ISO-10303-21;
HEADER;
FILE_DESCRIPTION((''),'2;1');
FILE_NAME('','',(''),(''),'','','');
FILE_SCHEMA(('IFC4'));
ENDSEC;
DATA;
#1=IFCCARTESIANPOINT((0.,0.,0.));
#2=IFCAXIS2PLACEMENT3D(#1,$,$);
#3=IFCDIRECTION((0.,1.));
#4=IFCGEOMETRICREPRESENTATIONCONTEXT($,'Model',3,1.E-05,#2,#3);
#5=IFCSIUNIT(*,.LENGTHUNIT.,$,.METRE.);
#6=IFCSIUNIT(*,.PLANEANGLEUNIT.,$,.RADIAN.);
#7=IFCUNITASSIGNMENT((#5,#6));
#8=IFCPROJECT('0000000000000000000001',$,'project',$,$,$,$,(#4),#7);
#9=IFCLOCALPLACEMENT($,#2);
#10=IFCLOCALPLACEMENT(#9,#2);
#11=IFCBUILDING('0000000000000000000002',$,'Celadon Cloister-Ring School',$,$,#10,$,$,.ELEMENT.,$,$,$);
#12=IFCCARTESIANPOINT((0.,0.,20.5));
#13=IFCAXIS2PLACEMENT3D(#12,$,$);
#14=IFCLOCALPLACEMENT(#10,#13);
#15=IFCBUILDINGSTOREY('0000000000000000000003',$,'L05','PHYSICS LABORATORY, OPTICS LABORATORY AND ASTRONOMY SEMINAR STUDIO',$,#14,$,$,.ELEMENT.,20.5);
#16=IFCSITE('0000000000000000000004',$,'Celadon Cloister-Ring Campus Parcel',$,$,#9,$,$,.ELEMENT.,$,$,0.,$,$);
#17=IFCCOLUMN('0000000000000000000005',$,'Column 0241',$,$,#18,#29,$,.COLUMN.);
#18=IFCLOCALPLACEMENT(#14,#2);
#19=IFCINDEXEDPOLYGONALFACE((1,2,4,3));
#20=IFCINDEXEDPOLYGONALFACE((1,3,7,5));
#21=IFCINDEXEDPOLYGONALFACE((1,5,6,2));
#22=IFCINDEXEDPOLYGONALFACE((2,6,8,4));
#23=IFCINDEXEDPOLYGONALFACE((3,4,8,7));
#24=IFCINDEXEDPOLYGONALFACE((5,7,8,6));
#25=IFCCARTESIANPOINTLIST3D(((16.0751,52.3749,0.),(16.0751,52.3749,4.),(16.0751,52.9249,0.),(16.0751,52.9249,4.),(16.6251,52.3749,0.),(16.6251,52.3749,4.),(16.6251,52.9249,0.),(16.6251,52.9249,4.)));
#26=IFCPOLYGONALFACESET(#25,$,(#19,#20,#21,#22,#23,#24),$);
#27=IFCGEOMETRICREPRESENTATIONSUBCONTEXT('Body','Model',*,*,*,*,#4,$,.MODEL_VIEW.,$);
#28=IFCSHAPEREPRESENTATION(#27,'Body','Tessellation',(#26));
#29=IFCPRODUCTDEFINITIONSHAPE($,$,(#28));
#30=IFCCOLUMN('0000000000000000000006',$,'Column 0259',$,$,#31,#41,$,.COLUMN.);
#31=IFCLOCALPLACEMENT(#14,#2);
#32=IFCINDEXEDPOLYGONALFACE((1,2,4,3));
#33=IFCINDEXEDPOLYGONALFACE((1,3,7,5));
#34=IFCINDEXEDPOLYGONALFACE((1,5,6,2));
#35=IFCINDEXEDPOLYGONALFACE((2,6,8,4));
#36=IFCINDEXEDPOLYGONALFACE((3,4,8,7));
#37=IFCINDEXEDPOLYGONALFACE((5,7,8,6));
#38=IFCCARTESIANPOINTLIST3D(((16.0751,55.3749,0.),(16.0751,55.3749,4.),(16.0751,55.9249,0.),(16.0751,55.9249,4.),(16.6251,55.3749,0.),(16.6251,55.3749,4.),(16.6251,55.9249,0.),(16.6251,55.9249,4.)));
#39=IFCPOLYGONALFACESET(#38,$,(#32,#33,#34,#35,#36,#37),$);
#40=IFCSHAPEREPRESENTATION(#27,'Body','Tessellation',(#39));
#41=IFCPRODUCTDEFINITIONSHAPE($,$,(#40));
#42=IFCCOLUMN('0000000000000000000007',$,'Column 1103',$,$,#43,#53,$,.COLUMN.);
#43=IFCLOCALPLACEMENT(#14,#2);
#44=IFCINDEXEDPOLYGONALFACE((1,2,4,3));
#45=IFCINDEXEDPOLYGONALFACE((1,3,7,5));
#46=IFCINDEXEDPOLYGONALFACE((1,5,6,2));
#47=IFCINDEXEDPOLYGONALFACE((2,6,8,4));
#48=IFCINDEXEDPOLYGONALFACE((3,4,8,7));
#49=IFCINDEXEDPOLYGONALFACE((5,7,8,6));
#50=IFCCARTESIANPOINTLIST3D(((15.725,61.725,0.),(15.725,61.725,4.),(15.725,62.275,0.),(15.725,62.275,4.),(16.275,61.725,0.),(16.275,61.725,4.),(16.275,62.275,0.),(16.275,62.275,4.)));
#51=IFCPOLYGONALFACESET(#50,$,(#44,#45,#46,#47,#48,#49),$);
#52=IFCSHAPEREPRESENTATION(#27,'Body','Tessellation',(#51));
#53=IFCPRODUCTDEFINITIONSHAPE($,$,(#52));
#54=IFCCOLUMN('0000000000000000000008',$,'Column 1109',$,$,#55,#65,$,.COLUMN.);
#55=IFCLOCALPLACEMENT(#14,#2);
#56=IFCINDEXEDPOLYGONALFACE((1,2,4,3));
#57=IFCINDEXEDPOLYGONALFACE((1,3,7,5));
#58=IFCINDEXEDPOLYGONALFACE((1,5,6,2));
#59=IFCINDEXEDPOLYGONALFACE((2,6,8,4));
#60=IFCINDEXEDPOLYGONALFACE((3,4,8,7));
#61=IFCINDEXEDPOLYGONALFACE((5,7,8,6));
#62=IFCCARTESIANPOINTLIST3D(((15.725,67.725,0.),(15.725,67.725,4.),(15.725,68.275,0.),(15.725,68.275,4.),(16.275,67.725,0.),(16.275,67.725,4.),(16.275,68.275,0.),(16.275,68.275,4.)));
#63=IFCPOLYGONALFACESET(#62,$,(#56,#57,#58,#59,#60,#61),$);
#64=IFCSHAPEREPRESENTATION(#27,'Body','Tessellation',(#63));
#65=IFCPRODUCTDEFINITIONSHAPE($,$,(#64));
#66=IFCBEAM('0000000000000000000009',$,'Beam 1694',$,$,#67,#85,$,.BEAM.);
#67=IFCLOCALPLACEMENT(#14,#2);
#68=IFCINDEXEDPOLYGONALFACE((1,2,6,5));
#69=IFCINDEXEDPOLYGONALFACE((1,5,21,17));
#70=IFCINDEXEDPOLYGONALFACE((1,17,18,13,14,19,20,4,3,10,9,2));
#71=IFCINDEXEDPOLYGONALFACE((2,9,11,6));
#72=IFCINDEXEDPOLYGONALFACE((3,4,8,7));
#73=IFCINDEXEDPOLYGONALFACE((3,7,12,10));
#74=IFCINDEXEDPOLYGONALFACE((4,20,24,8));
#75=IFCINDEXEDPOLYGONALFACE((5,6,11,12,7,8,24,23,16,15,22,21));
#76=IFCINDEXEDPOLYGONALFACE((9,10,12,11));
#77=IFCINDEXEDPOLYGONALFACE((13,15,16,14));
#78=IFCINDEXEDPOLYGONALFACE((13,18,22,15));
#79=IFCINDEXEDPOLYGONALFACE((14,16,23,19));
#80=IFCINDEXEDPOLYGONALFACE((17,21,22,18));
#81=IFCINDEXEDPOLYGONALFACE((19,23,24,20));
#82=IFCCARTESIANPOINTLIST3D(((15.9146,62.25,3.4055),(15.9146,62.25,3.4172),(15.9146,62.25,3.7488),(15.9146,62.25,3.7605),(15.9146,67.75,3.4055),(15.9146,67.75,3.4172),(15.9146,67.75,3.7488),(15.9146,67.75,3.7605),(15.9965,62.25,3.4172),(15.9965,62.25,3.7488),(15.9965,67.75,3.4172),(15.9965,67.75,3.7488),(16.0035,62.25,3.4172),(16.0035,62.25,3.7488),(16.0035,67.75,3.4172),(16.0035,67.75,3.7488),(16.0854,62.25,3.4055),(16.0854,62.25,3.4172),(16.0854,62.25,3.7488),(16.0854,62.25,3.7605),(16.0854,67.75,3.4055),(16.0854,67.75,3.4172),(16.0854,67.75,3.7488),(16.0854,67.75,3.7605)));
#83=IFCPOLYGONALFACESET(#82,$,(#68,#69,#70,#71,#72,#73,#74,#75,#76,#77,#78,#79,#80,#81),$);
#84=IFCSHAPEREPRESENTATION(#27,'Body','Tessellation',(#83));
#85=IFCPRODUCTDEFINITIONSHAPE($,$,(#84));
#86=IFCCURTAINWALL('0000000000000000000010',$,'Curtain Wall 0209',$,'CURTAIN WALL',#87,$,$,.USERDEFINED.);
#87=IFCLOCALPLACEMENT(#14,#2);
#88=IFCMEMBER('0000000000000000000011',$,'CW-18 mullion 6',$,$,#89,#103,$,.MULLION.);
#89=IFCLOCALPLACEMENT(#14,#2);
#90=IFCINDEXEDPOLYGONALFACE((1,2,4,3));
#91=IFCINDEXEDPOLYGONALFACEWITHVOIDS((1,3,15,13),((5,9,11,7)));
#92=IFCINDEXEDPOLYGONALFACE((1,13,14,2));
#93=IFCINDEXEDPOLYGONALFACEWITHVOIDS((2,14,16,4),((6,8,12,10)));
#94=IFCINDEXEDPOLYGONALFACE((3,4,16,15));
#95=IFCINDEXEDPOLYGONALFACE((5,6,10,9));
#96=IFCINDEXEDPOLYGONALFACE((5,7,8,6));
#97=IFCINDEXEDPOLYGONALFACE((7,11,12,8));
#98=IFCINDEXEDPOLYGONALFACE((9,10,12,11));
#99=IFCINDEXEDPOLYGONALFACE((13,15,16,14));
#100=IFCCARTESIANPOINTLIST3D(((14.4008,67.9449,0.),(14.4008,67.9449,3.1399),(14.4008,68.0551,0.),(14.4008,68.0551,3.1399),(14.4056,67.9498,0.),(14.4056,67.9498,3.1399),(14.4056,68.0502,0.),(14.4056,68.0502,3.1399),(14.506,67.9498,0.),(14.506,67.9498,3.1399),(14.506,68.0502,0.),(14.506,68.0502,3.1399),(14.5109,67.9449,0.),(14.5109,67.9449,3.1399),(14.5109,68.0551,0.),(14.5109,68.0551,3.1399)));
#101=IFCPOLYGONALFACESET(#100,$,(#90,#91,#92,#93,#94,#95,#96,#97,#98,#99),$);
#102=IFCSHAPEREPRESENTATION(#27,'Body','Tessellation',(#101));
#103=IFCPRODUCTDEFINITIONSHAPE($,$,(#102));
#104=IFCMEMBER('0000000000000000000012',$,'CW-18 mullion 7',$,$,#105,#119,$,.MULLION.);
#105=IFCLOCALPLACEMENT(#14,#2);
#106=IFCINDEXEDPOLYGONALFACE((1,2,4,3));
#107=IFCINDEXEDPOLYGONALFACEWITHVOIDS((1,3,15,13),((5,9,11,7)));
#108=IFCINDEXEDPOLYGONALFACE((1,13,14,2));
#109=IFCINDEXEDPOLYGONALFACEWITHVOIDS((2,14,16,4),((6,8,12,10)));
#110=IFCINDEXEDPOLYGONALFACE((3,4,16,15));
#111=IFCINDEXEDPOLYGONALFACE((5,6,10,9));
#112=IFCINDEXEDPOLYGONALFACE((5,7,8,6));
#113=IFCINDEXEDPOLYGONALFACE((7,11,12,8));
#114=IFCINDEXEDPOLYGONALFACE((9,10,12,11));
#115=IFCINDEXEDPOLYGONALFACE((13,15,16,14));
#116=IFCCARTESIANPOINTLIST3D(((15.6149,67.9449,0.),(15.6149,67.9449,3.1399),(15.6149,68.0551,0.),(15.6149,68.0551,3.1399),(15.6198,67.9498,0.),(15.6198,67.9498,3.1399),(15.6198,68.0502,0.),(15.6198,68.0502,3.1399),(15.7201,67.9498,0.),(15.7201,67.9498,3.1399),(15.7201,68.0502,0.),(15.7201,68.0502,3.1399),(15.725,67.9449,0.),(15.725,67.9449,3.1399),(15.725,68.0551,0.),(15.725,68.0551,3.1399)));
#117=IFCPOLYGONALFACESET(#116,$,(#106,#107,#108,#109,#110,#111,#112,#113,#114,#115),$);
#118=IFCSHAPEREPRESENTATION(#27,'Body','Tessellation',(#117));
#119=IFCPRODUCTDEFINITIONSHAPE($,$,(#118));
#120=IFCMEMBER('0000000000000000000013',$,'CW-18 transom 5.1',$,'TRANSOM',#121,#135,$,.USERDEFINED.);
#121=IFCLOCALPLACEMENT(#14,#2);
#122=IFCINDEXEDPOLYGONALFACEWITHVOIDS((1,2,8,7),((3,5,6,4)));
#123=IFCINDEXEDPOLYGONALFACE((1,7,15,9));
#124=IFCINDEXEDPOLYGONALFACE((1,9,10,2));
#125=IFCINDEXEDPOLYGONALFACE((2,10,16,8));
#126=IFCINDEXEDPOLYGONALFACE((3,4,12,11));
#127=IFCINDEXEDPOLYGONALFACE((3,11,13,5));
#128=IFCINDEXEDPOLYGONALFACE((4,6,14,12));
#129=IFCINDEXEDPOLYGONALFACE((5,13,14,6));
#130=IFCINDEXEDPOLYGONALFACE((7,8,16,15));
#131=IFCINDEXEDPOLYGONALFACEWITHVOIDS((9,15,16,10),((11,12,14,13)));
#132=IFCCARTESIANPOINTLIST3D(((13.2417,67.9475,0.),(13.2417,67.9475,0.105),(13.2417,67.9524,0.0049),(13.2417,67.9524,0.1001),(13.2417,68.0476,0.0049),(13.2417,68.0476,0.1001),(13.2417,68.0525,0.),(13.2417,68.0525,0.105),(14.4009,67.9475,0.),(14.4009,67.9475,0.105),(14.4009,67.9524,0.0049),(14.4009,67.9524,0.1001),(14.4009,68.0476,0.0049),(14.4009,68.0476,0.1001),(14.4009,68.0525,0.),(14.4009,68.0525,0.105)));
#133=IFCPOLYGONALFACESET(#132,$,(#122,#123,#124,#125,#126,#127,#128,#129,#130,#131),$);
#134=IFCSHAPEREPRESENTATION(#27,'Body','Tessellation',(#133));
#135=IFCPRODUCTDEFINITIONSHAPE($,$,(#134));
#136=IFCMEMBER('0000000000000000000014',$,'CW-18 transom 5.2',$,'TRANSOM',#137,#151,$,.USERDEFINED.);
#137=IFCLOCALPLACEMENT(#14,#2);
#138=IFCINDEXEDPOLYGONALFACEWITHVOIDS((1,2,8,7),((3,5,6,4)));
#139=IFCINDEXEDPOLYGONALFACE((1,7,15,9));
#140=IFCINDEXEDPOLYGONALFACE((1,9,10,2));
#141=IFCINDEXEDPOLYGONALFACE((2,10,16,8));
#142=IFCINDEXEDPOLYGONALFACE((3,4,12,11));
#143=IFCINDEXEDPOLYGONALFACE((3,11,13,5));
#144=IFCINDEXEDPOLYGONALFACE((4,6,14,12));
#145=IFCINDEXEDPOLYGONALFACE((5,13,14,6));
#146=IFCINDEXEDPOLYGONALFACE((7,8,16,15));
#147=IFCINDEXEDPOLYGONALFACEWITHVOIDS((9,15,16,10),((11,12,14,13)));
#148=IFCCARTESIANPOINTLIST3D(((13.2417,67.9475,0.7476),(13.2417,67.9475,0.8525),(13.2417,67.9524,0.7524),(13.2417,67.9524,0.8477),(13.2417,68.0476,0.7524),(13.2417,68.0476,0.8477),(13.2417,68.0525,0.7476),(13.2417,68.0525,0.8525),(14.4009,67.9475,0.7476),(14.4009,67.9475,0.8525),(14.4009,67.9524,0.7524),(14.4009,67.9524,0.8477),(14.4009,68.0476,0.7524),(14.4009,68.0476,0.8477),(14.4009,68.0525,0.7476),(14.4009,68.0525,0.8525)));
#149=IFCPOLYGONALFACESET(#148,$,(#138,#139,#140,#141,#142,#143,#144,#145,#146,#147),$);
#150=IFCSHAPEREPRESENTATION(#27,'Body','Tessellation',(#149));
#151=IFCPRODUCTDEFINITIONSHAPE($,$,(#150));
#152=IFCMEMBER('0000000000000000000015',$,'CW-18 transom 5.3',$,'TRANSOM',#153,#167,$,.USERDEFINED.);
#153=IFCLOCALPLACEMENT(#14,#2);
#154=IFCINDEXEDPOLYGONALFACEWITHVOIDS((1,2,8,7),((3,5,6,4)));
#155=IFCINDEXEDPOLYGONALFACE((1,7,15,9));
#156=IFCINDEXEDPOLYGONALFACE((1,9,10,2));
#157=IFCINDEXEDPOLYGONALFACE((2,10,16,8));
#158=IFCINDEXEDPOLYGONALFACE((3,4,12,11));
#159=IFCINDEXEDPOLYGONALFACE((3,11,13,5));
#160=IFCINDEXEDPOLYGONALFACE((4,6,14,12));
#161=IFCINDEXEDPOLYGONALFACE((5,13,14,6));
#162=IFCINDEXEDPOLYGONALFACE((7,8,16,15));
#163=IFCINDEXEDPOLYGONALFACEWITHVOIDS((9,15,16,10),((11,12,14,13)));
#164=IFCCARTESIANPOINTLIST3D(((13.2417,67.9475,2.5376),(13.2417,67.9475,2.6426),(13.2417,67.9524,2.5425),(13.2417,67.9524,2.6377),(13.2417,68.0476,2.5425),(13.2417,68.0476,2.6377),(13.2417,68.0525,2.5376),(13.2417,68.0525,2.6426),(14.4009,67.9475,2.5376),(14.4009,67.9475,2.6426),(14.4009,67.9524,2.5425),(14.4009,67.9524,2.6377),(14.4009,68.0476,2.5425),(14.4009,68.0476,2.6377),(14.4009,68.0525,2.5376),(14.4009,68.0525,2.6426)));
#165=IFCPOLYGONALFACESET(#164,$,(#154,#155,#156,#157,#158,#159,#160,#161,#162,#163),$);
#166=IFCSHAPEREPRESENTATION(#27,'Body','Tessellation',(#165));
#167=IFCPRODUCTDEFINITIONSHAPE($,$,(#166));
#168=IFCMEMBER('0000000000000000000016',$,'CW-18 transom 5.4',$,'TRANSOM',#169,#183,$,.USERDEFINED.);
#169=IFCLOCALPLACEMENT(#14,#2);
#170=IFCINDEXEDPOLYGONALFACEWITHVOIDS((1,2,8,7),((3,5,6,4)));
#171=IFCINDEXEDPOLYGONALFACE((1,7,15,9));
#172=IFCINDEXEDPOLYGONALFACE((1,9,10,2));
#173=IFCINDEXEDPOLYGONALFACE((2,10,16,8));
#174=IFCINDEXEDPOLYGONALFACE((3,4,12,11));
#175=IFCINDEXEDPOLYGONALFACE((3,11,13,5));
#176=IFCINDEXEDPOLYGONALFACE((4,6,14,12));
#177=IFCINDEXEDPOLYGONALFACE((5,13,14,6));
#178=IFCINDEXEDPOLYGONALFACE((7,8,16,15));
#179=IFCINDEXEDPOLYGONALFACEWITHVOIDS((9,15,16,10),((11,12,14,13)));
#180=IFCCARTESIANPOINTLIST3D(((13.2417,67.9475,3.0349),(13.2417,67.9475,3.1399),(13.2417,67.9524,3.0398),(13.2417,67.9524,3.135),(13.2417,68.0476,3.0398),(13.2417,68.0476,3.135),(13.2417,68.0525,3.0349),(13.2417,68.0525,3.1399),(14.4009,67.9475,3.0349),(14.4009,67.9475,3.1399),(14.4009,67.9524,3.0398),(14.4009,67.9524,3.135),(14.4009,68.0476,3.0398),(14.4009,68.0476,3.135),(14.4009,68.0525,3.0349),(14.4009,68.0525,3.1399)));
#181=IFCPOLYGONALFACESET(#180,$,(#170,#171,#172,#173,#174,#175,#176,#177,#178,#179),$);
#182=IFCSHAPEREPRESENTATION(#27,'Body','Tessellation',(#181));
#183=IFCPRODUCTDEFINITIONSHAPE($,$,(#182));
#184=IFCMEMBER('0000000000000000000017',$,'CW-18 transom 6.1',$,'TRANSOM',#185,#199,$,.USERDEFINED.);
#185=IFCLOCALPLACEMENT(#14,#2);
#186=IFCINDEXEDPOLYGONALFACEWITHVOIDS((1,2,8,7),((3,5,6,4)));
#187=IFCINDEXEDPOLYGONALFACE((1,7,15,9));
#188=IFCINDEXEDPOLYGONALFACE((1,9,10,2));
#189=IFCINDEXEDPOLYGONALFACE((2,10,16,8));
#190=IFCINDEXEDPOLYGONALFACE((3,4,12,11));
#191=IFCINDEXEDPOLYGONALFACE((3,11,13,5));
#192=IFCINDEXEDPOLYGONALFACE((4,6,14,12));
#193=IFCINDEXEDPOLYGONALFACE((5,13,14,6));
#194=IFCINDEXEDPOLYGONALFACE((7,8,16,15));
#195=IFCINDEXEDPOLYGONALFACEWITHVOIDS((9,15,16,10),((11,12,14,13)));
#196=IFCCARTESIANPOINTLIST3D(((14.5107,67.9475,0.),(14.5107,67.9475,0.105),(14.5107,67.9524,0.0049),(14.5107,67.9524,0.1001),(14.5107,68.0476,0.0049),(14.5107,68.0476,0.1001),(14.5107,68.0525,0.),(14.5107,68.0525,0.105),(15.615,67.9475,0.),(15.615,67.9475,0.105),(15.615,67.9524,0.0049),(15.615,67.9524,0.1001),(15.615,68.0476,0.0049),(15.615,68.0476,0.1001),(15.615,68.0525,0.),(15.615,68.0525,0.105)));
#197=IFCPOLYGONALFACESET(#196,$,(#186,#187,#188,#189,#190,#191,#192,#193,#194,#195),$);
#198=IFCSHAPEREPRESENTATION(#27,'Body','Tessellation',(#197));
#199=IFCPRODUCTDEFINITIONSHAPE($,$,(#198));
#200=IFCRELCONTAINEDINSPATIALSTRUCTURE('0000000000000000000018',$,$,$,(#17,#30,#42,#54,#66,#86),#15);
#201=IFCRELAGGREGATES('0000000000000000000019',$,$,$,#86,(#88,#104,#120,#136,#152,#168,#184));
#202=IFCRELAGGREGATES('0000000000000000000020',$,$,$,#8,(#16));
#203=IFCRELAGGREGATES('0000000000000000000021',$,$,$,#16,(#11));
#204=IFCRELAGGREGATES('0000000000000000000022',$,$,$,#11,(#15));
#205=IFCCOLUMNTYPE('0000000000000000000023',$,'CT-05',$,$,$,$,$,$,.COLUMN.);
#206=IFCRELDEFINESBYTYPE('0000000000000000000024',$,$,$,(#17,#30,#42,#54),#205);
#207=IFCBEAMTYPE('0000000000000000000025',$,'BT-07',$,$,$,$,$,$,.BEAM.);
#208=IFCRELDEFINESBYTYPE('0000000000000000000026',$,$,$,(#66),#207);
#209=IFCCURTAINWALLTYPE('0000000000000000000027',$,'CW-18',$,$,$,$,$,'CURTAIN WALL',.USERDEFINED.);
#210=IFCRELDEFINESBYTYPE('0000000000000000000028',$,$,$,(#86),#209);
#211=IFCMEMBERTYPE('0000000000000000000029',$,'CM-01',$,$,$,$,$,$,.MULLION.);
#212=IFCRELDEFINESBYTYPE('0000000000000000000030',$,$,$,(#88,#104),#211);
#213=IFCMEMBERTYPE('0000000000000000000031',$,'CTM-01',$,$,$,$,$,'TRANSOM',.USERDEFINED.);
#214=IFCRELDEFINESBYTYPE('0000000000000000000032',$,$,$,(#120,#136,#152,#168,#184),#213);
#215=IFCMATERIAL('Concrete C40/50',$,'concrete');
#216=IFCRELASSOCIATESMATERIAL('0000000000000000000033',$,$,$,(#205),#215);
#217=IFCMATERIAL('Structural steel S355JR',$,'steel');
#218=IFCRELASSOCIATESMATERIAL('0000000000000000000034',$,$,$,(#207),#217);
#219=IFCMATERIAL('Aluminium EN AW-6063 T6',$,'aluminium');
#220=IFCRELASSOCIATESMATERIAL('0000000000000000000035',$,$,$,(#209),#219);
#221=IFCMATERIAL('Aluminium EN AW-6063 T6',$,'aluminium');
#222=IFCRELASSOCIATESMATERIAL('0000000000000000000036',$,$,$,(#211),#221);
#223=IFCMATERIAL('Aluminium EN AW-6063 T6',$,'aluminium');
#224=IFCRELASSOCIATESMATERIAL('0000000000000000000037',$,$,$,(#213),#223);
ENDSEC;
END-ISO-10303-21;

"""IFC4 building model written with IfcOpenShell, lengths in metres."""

from ifc_helpers import new_model, si_unit, direction, frame, origin, origin_2d, place, context, subcontext, project, spatial, rectangle, hollow_rectangle, i_section, extrude, material, material_profile, profile_set, type_object, element, aggregate, save


model = new_model("IFC4")

# Units and contexts
model_context = context("Model", 3, precision=1e-05, world=origin(), true_north=direction((0.0, 1.0)))
body_context = subcontext(model_context, "Body", "Model", "MODEL_VIEW")
ifc_project = project(units=[si_unit("LENGTHUNIT", "METRE"), si_unit("PLANEANGLEUNIT", "RADIAN")], contexts=[model_context])

# Site, building, storey
site_placement = place(None, origin())
site = spatial("IfcSite", under=ifc_project, at=site_placement, Name="Celadon Cloister-Ring Campus Parcel", CompositionType="ELEMENT", RefElevation=0.0)
building_placement = place(site_placement, origin())
building = spatial("IfcBuilding", under=site, at=building_placement, Name="Celadon Cloister-Ring School", CompositionType="ELEMENT")
storey_placement = place(building_placement, frame((0.0, 0.0, 20.5)))
storey = spatial("IfcBuildingStorey", under=building, at=storey_placement, Name="L05", Description="PHYSICS LABORATORY, OPTICS LABORATORY AND ASTRONOMY SEMINAR STUDIO", CompositionType="ELEMENT", Elevation=20.5)

# Columns
ifc_material_1 = material(Name="Concrete C40/50", Category="concrete")
ifc_material_profile_1 = material_profile(ifc_material_1, rectangle(XDim=0.55, YDim=0.55, at=origin_2d()), Name="RC550X550")
ifc_profile_set_1 = profile_set([ifc_material_profile_1], Name="Concrete C40/50")
column_type = type_object("IfcColumnType", Name="CT-05", PredefinedType="COLUMN", material=ifc_profile_set_1)
for number, where, z_axis, x_axis, name in (
    (1, (16.3501, 52.6499, 0.0), (0.0, 0.0, 1.0), (1.0, 0.0, 0.0), "Column 0241"),
    (2, (16.3501, 55.6499, 0.0), (0.0, 0.0, 1.0), (1.0, 0.0, 0.0), "Column 0259"),
    (3, (16.0, 62.0, 0.0), (0.0, 0.0, 1.0), (1.0, 0.0, 0.0), "Column 1103"),
    (4, (16.0, 68.0, 0.0), (0.0, 0.0, 1.0), (1.0, 0.0, 0.0), "Column 1109"),
):
    element("IfcColumn", number, at=place(storey_placement, frame(where, z_axis=z_axis, x_axis=x_axis)), inside=storey, type_object=column_type, Name=name, PredefinedType="COLUMN", context=body_context, shape_type="SweptSolid", body=[
        extrude(rectangle(XDim=0.55, YDim=0.55, at=origin_2d()), origin(), (0.0, 0.0, 1.0), 4.0),
    ])

# Beam
ifc_material_2 = material(Name="Structural steel S355JR", Category="steel")
ifc_material_profile_2 = material_profile(ifc_material_2, i_section(OverallWidth=0.1709, OverallDepth=0.355, WebThickness=0.0071, FlangeThickness=0.0117, at=origin_2d()), Name="W360X51")
ifc_profile_set_2 = profile_set([ifc_material_profile_2], Name="Structural steel S355JR")
beam_type_1 = type_object("IfcBeamType", Name="BT-07", PredefinedType="BEAM", material=ifc_profile_set_2)
beam_placement = place(storey_placement, frame((16.0, 62.25, 3.583), z_axis=(0.0, 1.0, 0.0), x_axis=(-1.0, 0.0, 0.0)))
element("IfcBeam", 5, at=beam_placement, inside=storey, type_object=beam_type_1, Name="Beam 1694", PredefinedType="BEAM", context=body_context, shape_type="SweptSolid", body=[
    extrude(i_section(OverallWidth=0.1709, OverallDepth=0.355, WebThickness=0.0071, FlangeThickness=0.0117, at=origin_2d()), origin(), (0.0, 0.0, 1.0), 5.5),
])

# Curtain wall, members
ifc_material_3 = material(Name="Aluminium EN AW-6063 T6", Category="aluminium")
curtain_wall_type = type_object("IfcCurtainWallType", Name="CW-18", ElementType="CURTAIN WALL", PredefinedType="USERDEFINED", material=ifc_material_3)
curtain_wall_placement = place(storey_placement, origin())
curtain_wall = element("IfcCurtainWall", 6, at=curtain_wall_placement, inside=storey, type_object=curtain_wall_type, Name="Curtain Wall 0209", ObjectType="CURTAIN WALL", PredefinedType="USERDEFINED")
ifc_material_4 = material(Name="Aluminium EN AW-6063 T6", Category="aluminium")
ifc_material_profile_3 = material_profile(ifc_material_4, hollow_rectangle(XDim=0.1101, YDim=0.1101, WallThickness=0.0049, at=origin_2d()), Name="RHS110X110X5")
ifc_profile_set_3 = profile_set([ifc_material_profile_3], Name="Aluminium EN AW-6063 T6")
member_type_1 = type_object("IfcMemberType", Name="CM-01", PredefinedType="MULLION", material=ifc_profile_set_3)
member_1_placement = place(storey_placement, frame((14.4558, 68.0, 0.0), z_axis=(0.0, 0.0, 1.0), x_axis=(0.0, 1.0, 0.0)))
member_1 = element("IfcMember", 7, at=member_1_placement, type_object=member_type_1, Name="CW-18 mullion 6", PredefinedType="MULLION", context=body_context, shape_type="SweptSolid", body=[
    extrude(hollow_rectangle(XDim=0.1101, YDim=0.1101, WallThickness=0.0049, at=origin_2d()), origin(), (0.0, 0.0, 1.0), 3.1399),
])
member_2_placement = place(storey_placement, frame((15.6699, 68.0, 0.0), z_axis=(0.0, 0.0, 1.0), x_axis=(0.0, 1.0, 0.0)))
member_2 = element("IfcMember", 8, at=member_2_placement, type_object=member_type_1, Name="CW-18 mullion 7", PredefinedType="MULLION", context=body_context, shape_type="SweptSolid", body=[
    extrude(hollow_rectangle(XDim=0.1101, YDim=0.1101, WallThickness=0.0049, at=origin_2d()), origin(), (0.0, 0.0, 1.0), 3.1399),
])
ifc_material_5 = material(Name="Aluminium EN AW-6063 T6", Category="aluminium")
ifc_material_profile_4 = material_profile(ifc_material_5, hollow_rectangle(XDim=0.105, YDim=0.105, WallThickness=0.0049, at=origin_2d()), Name="RHS105X105X5")
ifc_profile_set_4 = profile_set([ifc_material_profile_4], Name="Aluminium EN AW-6063 T6")
member_type_2 = type_object("IfcMemberType", Name="CTM-01", ElementType="TRANSOM", PredefinedType="USERDEFINED", material=ifc_profile_set_4)
member_3_placement = place(storey_placement, frame((13.2417, 68.0, 0.0525), z_axis=(1.0, 0.0, 0.0), x_axis=(0.0, 1.0, 0.0)))
member_3 = element("IfcMember", 9, at=member_3_placement, type_object=member_type_2, Name="CW-18 transom 5.1", ObjectType="TRANSOM", PredefinedType="USERDEFINED", context=body_context, shape_type="SweptSolid", body=[
    extrude(hollow_rectangle(XDim=0.105, YDim=0.105, WallThickness=0.0049, at=origin_2d()), origin(), (0.0, 0.0, 1.0), 1.1592),
])
member_4_placement = place(storey_placement, frame((13.2417, 68.0, 0.8), z_axis=(1.0, 0.0, 0.0), x_axis=(0.0, 1.0, 0.0)))
member_4 = element("IfcMember", 10, at=member_4_placement, type_object=member_type_2, Name="CW-18 transom 5.2", ObjectType="TRANSOM", PredefinedType="USERDEFINED", context=body_context, shape_type="SweptSolid", body=[
    extrude(hollow_rectangle(XDim=0.105, YDim=0.105, WallThickness=0.0049, at=origin_2d()), origin(), (0.0, 0.0, 1.0), 1.1592),
])
member_5_placement = place(storey_placement, frame((13.2417, 68.0, 2.5901), z_axis=(1.0, 0.0, 0.0), x_axis=(0.0, 1.0, 0.0)))
member_5 = element("IfcMember", 11, at=member_5_placement, type_object=member_type_2, Name="CW-18 transom 5.3", ObjectType="TRANSOM", PredefinedType="USERDEFINED", context=body_context, shape_type="SweptSolid", body=[
    extrude(hollow_rectangle(XDim=0.105, YDim=0.105, WallThickness=0.0049, at=origin_2d()), origin(), (0.0, 0.0, 1.0), 1.1592),
])
member_6_placement = place(storey_placement, frame((13.2417, 68.0, 3.0874), z_axis=(1.0, 0.0, 0.0), x_axis=(0.0, 1.0, 0.0)))
member_6 = element("IfcMember", 12, at=member_6_placement, type_object=member_type_2, Name="CW-18 transom 5.4", ObjectType="TRANSOM", PredefinedType="USERDEFINED", context=body_context, shape_type="SweptSolid", body=[
    extrude(hollow_rectangle(XDim=0.105, YDim=0.105, WallThickness=0.0049, at=origin_2d()), origin(), (0.0, 0.0, 1.0), 1.1592),
])
member_7_placement = place(storey_placement, frame((14.5107, 68.0, 0.0525), z_axis=(1.0, 0.0, 0.0), x_axis=(0.0, 1.0, 0.0)))
member_7 = element("IfcMember", 13, at=member_7_placement, type_object=member_type_2, Name="CW-18 transom 6.1", ObjectType="TRANSOM", PredefinedType="USERDEFINED", context=body_context, shape_type="SweptSolid", body=[
    extrude(hollow_rectangle(XDim=0.105, YDim=0.105, WallThickness=0.0049, at=origin_2d()), origin(), (0.0, 0.0, 1.0), 1.1042),
])

aggregate(curtain_wall, [member_1, member_2, member_3, member_4, member_5, member_6, member_7])

save(model, "model.ifc")
